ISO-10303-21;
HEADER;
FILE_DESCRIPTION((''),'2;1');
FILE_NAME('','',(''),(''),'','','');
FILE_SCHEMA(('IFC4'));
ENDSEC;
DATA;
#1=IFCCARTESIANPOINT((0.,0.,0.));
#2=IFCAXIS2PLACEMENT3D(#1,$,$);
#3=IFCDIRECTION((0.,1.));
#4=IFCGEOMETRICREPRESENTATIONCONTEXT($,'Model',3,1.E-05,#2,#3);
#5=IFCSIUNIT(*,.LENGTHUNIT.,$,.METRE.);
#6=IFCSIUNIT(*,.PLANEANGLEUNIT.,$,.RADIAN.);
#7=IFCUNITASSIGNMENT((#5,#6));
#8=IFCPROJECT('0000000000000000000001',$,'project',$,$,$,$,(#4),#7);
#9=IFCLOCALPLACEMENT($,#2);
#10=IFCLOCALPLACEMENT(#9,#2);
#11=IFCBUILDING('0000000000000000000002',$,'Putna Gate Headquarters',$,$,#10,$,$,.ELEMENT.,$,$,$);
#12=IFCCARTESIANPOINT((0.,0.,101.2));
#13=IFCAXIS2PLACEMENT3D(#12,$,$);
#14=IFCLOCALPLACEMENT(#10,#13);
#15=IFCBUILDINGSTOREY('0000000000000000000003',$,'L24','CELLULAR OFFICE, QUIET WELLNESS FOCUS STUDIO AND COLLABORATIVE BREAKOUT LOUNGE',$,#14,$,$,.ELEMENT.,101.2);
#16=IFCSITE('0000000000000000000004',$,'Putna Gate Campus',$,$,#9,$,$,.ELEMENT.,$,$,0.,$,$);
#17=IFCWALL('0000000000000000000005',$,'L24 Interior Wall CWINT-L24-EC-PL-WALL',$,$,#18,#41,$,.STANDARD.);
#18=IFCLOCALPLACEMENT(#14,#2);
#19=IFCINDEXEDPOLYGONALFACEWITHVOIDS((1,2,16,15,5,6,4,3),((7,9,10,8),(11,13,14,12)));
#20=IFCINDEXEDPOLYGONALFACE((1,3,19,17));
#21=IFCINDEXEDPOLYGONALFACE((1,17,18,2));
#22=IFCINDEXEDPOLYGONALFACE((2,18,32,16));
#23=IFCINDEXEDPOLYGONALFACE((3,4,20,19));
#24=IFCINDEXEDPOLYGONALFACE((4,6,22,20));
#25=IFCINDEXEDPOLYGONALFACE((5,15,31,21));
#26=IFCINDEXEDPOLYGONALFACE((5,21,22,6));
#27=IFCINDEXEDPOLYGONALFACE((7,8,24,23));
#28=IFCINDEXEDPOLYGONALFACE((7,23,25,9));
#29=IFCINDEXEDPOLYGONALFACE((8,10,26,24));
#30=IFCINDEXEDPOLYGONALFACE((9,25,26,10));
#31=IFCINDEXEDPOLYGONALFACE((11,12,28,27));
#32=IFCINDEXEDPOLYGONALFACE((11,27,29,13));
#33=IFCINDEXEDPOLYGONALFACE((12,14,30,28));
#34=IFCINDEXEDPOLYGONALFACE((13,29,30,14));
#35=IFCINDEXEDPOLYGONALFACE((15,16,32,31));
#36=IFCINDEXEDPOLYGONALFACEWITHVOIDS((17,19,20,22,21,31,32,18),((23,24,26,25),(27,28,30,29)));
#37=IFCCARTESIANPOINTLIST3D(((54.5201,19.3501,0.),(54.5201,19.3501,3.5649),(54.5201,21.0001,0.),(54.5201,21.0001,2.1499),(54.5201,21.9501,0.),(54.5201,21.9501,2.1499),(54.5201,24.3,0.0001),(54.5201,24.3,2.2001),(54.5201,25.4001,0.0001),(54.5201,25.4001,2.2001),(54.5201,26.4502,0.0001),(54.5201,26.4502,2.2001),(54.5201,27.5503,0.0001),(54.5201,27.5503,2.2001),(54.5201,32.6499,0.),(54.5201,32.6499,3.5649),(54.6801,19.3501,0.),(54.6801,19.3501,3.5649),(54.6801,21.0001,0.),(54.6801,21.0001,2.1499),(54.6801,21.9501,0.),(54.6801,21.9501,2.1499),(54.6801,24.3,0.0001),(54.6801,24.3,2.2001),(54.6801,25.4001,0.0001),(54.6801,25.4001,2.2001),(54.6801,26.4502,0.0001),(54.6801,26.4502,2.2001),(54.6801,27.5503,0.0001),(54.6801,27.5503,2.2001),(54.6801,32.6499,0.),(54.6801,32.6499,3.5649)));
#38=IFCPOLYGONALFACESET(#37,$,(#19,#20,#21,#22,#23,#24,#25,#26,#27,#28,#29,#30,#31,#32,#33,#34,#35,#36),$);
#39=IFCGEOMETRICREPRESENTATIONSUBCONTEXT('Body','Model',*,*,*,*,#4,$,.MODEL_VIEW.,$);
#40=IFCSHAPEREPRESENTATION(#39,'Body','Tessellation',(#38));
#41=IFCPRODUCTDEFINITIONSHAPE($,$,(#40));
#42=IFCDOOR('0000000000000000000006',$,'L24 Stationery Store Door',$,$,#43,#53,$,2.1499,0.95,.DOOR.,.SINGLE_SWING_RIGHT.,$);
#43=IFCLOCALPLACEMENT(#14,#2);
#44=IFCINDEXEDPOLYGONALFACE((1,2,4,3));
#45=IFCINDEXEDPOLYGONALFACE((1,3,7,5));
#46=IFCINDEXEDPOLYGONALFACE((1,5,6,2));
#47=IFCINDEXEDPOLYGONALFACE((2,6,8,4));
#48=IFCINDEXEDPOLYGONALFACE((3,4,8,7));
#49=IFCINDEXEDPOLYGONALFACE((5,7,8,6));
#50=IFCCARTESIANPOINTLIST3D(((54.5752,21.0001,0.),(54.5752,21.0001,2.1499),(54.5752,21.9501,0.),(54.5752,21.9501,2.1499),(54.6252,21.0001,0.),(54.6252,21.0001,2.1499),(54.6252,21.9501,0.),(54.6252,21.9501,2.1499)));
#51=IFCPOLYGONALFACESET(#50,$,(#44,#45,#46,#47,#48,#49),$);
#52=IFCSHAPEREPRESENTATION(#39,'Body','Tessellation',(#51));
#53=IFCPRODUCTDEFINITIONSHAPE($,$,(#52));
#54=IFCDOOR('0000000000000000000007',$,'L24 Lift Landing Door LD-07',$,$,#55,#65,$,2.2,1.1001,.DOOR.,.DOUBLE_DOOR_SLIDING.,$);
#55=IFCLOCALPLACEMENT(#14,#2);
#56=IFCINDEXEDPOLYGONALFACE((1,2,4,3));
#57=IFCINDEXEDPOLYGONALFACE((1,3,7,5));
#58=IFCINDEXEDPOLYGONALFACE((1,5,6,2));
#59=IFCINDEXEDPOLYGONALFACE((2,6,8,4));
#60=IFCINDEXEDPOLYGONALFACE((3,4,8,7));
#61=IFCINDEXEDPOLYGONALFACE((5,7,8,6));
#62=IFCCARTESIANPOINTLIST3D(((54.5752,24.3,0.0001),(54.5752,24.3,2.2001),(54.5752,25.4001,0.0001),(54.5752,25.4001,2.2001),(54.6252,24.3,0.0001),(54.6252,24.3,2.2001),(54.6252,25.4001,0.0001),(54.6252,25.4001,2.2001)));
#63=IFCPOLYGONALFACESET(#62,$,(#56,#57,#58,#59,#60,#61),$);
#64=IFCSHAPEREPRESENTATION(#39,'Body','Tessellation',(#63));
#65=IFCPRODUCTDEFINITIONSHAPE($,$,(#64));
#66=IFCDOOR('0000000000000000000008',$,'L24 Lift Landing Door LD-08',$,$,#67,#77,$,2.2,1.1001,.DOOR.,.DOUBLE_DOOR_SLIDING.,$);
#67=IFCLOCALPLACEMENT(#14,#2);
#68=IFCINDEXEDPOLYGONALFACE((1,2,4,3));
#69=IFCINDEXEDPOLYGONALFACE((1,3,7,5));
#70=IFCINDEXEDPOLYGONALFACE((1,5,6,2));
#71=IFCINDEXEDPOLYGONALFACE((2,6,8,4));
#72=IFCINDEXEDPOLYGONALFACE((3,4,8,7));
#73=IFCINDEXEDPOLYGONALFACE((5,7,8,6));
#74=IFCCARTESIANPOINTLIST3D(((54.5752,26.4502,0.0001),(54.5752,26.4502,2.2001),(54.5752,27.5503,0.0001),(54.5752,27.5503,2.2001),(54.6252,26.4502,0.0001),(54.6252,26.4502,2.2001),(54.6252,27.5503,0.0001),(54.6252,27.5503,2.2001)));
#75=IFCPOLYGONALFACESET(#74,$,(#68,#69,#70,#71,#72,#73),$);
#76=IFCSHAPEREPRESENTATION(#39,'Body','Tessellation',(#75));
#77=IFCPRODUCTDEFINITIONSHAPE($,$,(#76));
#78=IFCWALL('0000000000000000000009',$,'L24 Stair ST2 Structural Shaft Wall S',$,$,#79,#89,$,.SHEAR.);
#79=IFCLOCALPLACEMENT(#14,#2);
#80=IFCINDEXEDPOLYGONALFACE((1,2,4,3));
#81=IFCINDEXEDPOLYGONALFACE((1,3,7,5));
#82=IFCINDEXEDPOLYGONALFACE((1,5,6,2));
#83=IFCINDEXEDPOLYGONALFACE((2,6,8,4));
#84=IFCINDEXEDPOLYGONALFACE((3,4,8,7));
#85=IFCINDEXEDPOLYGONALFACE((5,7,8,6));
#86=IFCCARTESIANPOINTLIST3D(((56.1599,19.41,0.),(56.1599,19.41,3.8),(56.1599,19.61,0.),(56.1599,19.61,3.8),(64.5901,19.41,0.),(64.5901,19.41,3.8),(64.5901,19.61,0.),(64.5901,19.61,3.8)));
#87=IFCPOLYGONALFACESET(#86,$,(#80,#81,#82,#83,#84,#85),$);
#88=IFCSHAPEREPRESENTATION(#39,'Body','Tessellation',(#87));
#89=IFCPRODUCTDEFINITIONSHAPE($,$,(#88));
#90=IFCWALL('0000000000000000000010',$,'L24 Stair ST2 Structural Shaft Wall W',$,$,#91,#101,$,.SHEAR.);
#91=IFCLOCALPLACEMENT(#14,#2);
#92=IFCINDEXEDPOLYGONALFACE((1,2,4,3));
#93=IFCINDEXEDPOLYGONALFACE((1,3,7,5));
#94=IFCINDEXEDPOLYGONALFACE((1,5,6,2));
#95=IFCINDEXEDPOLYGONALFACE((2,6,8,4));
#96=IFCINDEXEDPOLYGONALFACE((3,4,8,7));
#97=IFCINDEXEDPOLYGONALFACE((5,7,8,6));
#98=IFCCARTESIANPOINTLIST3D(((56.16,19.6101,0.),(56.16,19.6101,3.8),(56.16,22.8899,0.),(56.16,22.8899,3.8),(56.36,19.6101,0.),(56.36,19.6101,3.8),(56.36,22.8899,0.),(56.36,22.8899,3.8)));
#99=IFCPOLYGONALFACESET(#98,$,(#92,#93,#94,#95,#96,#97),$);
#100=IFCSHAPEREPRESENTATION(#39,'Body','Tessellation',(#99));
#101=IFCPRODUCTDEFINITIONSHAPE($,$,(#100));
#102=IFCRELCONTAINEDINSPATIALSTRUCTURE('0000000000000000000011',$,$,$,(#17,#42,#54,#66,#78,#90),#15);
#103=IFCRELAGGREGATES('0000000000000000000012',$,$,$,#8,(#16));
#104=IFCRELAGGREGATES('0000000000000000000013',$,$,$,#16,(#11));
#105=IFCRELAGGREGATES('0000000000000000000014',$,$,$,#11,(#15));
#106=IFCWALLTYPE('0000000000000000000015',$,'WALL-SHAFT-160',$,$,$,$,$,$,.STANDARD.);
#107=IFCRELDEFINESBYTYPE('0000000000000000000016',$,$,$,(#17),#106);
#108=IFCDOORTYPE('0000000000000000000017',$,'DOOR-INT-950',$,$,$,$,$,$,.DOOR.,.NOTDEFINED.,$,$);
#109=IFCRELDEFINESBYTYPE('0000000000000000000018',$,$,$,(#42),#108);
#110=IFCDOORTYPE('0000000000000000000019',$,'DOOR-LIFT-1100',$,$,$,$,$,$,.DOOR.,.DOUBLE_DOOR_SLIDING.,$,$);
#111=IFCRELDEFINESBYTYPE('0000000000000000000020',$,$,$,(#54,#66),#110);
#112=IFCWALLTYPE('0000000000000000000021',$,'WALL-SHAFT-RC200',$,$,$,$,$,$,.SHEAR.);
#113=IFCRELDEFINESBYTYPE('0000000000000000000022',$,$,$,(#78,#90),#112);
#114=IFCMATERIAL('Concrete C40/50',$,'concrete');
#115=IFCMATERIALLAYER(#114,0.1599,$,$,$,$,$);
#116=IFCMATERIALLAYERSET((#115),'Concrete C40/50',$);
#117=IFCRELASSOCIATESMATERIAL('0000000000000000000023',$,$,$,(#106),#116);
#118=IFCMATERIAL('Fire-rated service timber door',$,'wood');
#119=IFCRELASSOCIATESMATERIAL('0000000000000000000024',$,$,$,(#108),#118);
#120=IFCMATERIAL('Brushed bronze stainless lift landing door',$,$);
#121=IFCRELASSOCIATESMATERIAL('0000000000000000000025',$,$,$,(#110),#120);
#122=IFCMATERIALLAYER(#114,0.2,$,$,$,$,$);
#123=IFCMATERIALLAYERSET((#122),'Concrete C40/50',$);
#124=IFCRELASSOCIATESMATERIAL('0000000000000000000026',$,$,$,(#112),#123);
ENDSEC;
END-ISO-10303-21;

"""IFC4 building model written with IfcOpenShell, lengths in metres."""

from ifc_helpers import new_model, si_unit, direction, frame, frame_2d, origin, place, context, subcontext, project, spatial, rectangle, extrude, material, layer, layer_set, type_object, element, fill, save


model = new_model("IFC4")

# Units and contexts
model_context = context("Model", 3, precision=1e-05, world=origin(), true_north=direction((0.0, 1.0)))
body_context = subcontext(model_context, "Body", "Model", "MODEL_VIEW")
ifc_project = project(units=[si_unit("LENGTHUNIT", "METRE"), si_unit("PLANEANGLEUNIT", "RADIAN")], contexts=[model_context])

# Site, building, storey
site_placement = place(None, origin())
site = spatial("IfcSite", under=ifc_project, at=site_placement, Name="Putna Gate Campus", CompositionType="ELEMENT", RefElevation=0.0)
building_placement = place(site_placement, origin())
building = spatial("IfcBuilding", under=site, at=building_placement, Name="Putna Gate Headquarters", CompositionType="ELEMENT")
storey_placement = place(building_placement, frame((0.0, 0.0, 101.2)))
storey = spatial("IfcBuildingStorey", under=building, at=storey_placement, Name="L24", Description="CELLULAR OFFICE, QUIET WELLNESS FOCUS STUDIO AND COLLABORATIVE BREAKOUT LOUNGE", CompositionType="ELEMENT", Elevation=101.2)

# Wall, openings, doors
ifc_material_1 = material(Name="Concrete C40/50", Category="concrete")
ifc_layer_1 = layer(ifc_material_1, 0.1599)
ifc_layer_set_1 = layer_set([ifc_layer_1], Name="Concrete C40/50")
wall_type_1 = type_object("IfcWallType", Name="WALL-SHAFT-160", PredefinedType="STANDARD", material=ifc_layer_set_1)
wall_1_placement = place(storey_placement, frame((54.6001, 19.3501, 0.0), z_axis=(0.0, 0.0, 1.0), x_axis=(0.0, 1.0, 0.0)))
wall_1 = element("IfcWall", 1, at=wall_1_placement, inside=storey, type_object=wall_type_1, Name="L24 Interior Wall CWINT-L24-EC-PL-WALL", PredefinedType="STANDARD", context=body_context, shape_type="SweptSolid", body=[
    extrude(rectangle(XDim=13.2998, YDim=0.1599, at=frame_2d((6.6499, 0.0))), origin(), (0.0, 0.0, 1.0), 3.5649),
])
opening_1_placement = place(wall_1_placement, frame((1.6499, 0.0, 0.0)))
opening_1 = element("IfcOpeningElement", 2, at=opening_1_placement, cuts=wall_1, PredefinedType="OPENING", context=body_context, shape_type="SweptSolid", body=[
    extrude(rectangle(XDim=0.95, YDim=2.1499, at=frame_2d((0.4751, 1.075))), frame((0.0, 0.0898, 0.0), z_axis=(0.0, -1.0, 0.0), x_axis=(1.0, 0.0, 0.0)), (0.0, 0.0, 1.0), 0.1799),
])
opening_2_placement = place(wall_1_placement, frame((4.95, 0.0, 0.0)))
opening_2 = element("IfcOpeningElement", 3, at=opening_2_placement, cuts=wall_1, PredefinedType="OPENING", context=body_context, shape_type="SweptSolid", body=[
    extrude(rectangle(XDim=1.1001, YDim=2.2, at=frame_2d((0.55, 1.1001))), frame((0.0, 0.0898, 0.0), z_axis=(0.0, -1.0, 0.0), x_axis=(1.0, 0.0, 0.0)), (0.0, 0.0, 1.0), 0.1799),
])
opening_3_placement = place(wall_1_placement, frame((7.1001, 0.0, 0.0)))
opening_3 = element("IfcOpeningElement", 4, at=opening_3_placement, cuts=wall_1, PredefinedType="OPENING", context=body_context, shape_type="SweptSolid", body=[
    extrude(rectangle(XDim=1.1001, YDim=2.2, at=frame_2d((0.55, 1.1001))), frame((0.0, 0.0898, 0.0), z_axis=(0.0, -1.0, 0.0), x_axis=(1.0, 0.0, 0.0)), (0.0, 0.0, 1.0), 0.1799),
])
ifc_material_2 = material(Name="Fire-rated service timber door", Category="wood")
door_type_1 = type_object("IfcDoorType", Name="DOOR-INT-950", OperationType="NOTDEFINED", PredefinedType="DOOR", material=ifc_material_2)
door_1_placement = place(opening_1_placement, origin())
door_1 = element("IfcDoor", 5, at=door_1_placement, inside=storey, type_object=door_type_1, Name="L24 Stationery Store Door", OperationType="SINGLE_SWING_RIGHT", OverallHeight=2.1499, OverallWidth=0.95, PredefinedType="DOOR", context=body_context, shape_type="SweptSolid", body=[
    extrude(rectangle(XDim=0.95, YDim=2.1499, at=frame_2d((0.4751, 1.075))), frame((0.0, 0.0249, 0.0), z_axis=(0.0, -1.0, 0.0), x_axis=(1.0, 0.0, 0.0)), (0.0, 0.0, 1.0), 0.05),
])
fill(opening_1, door_1)
ifc_material_3 = material(Name="Brushed bronze stainless lift landing door")
door_type_2 = type_object("IfcDoorType", Name="DOOR-LIFT-1100", OperationType="DOUBLE_DOOR_SLIDING", PredefinedType="DOOR", material=ifc_material_3)
door_2_placement = place(opening_2_placement, origin())
door_2 = element("IfcDoor", 6, at=door_2_placement, inside=storey, type_object=door_type_2, Name="L24 Lift Landing Door LD-07", OperationType="DOUBLE_DOOR_SLIDING", OverallHeight=2.2, OverallWidth=1.1001, PredefinedType="DOOR", context=body_context, shape_type="SweptSolid", body=[
    extrude(rectangle(XDim=1.1001, YDim=2.2, at=frame_2d((0.55, 1.1001))), frame((0.0, 0.0249, 0.0), z_axis=(0.0, -1.0, 0.0), x_axis=(1.0, 0.0, 0.0)), (0.0, 0.0, 1.0), 0.05),
])
fill(opening_2, door_2)
door_3_placement = place(opening_3_placement, origin())
door_3 = element("IfcDoor", 7, at=door_3_placement, inside=storey, type_object=door_type_2, Name="L24 Lift Landing Door LD-08", OperationType="DOUBLE_DOOR_SLIDING", OverallHeight=2.2, OverallWidth=1.1001, PredefinedType="DOOR", context=body_context, shape_type="SweptSolid", body=[
    extrude(rectangle(XDim=1.1001, YDim=2.2, at=frame_2d((0.55, 1.1001))), frame((0.0, 0.0249, 0.0), z_axis=(0.0, -1.0, 0.0), x_axis=(1.0, 0.0, 0.0)), (0.0, 0.0, 1.0), 0.05),
])
fill(opening_3, door_3)

# Walls
ifc_layer_2 = layer(ifc_material_1, 0.2)
ifc_layer_set_2 = layer_set([ifc_layer_2], Name="Concrete C40/50")
wall_type_2 = type_object("IfcWallType", Name="WALL-SHAFT-RC200", PredefinedType="SHEAR", material=ifc_layer_set_2)
wall_2_placement = place(storey_placement, frame((56.1599, 19.51, 0.0), z_axis=(0.0, 0.0, 1.0), x_axis=(1.0, 0.0, 0.0)))
element("IfcWall", 8, at=wall_2_placement, inside=storey, type_object=wall_type_2, Name="L24 Stair ST2 Structural Shaft Wall S", PredefinedType="SHEAR", context=body_context, shape_type="SweptSolid", body=[
    extrude(rectangle(XDim=8.4302, YDim=0.2, at=frame_2d((4.2151, 0.0))), origin(), (0.0, 0.0, 1.0), 3.8),
])
wall_3_placement = place(storey_placement, frame((56.26, 19.6101, 0.0), z_axis=(0.0, 0.0, 1.0), x_axis=(0.0, 1.0, 0.0)))
element("IfcWall", 9, at=wall_3_placement, inside=storey, type_object=wall_type_2, Name="L24 Stair ST2 Structural Shaft Wall W", PredefinedType="SHEAR", context=body_context, shape_type="SweptSolid", body=[
    extrude(rectangle(XDim=3.2798, YDim=0.2, at=frame_2d((1.6399, 0.0))), origin(), (0.0, 0.0, 1.0), 3.8),
])

save(model, "model.ifc")
